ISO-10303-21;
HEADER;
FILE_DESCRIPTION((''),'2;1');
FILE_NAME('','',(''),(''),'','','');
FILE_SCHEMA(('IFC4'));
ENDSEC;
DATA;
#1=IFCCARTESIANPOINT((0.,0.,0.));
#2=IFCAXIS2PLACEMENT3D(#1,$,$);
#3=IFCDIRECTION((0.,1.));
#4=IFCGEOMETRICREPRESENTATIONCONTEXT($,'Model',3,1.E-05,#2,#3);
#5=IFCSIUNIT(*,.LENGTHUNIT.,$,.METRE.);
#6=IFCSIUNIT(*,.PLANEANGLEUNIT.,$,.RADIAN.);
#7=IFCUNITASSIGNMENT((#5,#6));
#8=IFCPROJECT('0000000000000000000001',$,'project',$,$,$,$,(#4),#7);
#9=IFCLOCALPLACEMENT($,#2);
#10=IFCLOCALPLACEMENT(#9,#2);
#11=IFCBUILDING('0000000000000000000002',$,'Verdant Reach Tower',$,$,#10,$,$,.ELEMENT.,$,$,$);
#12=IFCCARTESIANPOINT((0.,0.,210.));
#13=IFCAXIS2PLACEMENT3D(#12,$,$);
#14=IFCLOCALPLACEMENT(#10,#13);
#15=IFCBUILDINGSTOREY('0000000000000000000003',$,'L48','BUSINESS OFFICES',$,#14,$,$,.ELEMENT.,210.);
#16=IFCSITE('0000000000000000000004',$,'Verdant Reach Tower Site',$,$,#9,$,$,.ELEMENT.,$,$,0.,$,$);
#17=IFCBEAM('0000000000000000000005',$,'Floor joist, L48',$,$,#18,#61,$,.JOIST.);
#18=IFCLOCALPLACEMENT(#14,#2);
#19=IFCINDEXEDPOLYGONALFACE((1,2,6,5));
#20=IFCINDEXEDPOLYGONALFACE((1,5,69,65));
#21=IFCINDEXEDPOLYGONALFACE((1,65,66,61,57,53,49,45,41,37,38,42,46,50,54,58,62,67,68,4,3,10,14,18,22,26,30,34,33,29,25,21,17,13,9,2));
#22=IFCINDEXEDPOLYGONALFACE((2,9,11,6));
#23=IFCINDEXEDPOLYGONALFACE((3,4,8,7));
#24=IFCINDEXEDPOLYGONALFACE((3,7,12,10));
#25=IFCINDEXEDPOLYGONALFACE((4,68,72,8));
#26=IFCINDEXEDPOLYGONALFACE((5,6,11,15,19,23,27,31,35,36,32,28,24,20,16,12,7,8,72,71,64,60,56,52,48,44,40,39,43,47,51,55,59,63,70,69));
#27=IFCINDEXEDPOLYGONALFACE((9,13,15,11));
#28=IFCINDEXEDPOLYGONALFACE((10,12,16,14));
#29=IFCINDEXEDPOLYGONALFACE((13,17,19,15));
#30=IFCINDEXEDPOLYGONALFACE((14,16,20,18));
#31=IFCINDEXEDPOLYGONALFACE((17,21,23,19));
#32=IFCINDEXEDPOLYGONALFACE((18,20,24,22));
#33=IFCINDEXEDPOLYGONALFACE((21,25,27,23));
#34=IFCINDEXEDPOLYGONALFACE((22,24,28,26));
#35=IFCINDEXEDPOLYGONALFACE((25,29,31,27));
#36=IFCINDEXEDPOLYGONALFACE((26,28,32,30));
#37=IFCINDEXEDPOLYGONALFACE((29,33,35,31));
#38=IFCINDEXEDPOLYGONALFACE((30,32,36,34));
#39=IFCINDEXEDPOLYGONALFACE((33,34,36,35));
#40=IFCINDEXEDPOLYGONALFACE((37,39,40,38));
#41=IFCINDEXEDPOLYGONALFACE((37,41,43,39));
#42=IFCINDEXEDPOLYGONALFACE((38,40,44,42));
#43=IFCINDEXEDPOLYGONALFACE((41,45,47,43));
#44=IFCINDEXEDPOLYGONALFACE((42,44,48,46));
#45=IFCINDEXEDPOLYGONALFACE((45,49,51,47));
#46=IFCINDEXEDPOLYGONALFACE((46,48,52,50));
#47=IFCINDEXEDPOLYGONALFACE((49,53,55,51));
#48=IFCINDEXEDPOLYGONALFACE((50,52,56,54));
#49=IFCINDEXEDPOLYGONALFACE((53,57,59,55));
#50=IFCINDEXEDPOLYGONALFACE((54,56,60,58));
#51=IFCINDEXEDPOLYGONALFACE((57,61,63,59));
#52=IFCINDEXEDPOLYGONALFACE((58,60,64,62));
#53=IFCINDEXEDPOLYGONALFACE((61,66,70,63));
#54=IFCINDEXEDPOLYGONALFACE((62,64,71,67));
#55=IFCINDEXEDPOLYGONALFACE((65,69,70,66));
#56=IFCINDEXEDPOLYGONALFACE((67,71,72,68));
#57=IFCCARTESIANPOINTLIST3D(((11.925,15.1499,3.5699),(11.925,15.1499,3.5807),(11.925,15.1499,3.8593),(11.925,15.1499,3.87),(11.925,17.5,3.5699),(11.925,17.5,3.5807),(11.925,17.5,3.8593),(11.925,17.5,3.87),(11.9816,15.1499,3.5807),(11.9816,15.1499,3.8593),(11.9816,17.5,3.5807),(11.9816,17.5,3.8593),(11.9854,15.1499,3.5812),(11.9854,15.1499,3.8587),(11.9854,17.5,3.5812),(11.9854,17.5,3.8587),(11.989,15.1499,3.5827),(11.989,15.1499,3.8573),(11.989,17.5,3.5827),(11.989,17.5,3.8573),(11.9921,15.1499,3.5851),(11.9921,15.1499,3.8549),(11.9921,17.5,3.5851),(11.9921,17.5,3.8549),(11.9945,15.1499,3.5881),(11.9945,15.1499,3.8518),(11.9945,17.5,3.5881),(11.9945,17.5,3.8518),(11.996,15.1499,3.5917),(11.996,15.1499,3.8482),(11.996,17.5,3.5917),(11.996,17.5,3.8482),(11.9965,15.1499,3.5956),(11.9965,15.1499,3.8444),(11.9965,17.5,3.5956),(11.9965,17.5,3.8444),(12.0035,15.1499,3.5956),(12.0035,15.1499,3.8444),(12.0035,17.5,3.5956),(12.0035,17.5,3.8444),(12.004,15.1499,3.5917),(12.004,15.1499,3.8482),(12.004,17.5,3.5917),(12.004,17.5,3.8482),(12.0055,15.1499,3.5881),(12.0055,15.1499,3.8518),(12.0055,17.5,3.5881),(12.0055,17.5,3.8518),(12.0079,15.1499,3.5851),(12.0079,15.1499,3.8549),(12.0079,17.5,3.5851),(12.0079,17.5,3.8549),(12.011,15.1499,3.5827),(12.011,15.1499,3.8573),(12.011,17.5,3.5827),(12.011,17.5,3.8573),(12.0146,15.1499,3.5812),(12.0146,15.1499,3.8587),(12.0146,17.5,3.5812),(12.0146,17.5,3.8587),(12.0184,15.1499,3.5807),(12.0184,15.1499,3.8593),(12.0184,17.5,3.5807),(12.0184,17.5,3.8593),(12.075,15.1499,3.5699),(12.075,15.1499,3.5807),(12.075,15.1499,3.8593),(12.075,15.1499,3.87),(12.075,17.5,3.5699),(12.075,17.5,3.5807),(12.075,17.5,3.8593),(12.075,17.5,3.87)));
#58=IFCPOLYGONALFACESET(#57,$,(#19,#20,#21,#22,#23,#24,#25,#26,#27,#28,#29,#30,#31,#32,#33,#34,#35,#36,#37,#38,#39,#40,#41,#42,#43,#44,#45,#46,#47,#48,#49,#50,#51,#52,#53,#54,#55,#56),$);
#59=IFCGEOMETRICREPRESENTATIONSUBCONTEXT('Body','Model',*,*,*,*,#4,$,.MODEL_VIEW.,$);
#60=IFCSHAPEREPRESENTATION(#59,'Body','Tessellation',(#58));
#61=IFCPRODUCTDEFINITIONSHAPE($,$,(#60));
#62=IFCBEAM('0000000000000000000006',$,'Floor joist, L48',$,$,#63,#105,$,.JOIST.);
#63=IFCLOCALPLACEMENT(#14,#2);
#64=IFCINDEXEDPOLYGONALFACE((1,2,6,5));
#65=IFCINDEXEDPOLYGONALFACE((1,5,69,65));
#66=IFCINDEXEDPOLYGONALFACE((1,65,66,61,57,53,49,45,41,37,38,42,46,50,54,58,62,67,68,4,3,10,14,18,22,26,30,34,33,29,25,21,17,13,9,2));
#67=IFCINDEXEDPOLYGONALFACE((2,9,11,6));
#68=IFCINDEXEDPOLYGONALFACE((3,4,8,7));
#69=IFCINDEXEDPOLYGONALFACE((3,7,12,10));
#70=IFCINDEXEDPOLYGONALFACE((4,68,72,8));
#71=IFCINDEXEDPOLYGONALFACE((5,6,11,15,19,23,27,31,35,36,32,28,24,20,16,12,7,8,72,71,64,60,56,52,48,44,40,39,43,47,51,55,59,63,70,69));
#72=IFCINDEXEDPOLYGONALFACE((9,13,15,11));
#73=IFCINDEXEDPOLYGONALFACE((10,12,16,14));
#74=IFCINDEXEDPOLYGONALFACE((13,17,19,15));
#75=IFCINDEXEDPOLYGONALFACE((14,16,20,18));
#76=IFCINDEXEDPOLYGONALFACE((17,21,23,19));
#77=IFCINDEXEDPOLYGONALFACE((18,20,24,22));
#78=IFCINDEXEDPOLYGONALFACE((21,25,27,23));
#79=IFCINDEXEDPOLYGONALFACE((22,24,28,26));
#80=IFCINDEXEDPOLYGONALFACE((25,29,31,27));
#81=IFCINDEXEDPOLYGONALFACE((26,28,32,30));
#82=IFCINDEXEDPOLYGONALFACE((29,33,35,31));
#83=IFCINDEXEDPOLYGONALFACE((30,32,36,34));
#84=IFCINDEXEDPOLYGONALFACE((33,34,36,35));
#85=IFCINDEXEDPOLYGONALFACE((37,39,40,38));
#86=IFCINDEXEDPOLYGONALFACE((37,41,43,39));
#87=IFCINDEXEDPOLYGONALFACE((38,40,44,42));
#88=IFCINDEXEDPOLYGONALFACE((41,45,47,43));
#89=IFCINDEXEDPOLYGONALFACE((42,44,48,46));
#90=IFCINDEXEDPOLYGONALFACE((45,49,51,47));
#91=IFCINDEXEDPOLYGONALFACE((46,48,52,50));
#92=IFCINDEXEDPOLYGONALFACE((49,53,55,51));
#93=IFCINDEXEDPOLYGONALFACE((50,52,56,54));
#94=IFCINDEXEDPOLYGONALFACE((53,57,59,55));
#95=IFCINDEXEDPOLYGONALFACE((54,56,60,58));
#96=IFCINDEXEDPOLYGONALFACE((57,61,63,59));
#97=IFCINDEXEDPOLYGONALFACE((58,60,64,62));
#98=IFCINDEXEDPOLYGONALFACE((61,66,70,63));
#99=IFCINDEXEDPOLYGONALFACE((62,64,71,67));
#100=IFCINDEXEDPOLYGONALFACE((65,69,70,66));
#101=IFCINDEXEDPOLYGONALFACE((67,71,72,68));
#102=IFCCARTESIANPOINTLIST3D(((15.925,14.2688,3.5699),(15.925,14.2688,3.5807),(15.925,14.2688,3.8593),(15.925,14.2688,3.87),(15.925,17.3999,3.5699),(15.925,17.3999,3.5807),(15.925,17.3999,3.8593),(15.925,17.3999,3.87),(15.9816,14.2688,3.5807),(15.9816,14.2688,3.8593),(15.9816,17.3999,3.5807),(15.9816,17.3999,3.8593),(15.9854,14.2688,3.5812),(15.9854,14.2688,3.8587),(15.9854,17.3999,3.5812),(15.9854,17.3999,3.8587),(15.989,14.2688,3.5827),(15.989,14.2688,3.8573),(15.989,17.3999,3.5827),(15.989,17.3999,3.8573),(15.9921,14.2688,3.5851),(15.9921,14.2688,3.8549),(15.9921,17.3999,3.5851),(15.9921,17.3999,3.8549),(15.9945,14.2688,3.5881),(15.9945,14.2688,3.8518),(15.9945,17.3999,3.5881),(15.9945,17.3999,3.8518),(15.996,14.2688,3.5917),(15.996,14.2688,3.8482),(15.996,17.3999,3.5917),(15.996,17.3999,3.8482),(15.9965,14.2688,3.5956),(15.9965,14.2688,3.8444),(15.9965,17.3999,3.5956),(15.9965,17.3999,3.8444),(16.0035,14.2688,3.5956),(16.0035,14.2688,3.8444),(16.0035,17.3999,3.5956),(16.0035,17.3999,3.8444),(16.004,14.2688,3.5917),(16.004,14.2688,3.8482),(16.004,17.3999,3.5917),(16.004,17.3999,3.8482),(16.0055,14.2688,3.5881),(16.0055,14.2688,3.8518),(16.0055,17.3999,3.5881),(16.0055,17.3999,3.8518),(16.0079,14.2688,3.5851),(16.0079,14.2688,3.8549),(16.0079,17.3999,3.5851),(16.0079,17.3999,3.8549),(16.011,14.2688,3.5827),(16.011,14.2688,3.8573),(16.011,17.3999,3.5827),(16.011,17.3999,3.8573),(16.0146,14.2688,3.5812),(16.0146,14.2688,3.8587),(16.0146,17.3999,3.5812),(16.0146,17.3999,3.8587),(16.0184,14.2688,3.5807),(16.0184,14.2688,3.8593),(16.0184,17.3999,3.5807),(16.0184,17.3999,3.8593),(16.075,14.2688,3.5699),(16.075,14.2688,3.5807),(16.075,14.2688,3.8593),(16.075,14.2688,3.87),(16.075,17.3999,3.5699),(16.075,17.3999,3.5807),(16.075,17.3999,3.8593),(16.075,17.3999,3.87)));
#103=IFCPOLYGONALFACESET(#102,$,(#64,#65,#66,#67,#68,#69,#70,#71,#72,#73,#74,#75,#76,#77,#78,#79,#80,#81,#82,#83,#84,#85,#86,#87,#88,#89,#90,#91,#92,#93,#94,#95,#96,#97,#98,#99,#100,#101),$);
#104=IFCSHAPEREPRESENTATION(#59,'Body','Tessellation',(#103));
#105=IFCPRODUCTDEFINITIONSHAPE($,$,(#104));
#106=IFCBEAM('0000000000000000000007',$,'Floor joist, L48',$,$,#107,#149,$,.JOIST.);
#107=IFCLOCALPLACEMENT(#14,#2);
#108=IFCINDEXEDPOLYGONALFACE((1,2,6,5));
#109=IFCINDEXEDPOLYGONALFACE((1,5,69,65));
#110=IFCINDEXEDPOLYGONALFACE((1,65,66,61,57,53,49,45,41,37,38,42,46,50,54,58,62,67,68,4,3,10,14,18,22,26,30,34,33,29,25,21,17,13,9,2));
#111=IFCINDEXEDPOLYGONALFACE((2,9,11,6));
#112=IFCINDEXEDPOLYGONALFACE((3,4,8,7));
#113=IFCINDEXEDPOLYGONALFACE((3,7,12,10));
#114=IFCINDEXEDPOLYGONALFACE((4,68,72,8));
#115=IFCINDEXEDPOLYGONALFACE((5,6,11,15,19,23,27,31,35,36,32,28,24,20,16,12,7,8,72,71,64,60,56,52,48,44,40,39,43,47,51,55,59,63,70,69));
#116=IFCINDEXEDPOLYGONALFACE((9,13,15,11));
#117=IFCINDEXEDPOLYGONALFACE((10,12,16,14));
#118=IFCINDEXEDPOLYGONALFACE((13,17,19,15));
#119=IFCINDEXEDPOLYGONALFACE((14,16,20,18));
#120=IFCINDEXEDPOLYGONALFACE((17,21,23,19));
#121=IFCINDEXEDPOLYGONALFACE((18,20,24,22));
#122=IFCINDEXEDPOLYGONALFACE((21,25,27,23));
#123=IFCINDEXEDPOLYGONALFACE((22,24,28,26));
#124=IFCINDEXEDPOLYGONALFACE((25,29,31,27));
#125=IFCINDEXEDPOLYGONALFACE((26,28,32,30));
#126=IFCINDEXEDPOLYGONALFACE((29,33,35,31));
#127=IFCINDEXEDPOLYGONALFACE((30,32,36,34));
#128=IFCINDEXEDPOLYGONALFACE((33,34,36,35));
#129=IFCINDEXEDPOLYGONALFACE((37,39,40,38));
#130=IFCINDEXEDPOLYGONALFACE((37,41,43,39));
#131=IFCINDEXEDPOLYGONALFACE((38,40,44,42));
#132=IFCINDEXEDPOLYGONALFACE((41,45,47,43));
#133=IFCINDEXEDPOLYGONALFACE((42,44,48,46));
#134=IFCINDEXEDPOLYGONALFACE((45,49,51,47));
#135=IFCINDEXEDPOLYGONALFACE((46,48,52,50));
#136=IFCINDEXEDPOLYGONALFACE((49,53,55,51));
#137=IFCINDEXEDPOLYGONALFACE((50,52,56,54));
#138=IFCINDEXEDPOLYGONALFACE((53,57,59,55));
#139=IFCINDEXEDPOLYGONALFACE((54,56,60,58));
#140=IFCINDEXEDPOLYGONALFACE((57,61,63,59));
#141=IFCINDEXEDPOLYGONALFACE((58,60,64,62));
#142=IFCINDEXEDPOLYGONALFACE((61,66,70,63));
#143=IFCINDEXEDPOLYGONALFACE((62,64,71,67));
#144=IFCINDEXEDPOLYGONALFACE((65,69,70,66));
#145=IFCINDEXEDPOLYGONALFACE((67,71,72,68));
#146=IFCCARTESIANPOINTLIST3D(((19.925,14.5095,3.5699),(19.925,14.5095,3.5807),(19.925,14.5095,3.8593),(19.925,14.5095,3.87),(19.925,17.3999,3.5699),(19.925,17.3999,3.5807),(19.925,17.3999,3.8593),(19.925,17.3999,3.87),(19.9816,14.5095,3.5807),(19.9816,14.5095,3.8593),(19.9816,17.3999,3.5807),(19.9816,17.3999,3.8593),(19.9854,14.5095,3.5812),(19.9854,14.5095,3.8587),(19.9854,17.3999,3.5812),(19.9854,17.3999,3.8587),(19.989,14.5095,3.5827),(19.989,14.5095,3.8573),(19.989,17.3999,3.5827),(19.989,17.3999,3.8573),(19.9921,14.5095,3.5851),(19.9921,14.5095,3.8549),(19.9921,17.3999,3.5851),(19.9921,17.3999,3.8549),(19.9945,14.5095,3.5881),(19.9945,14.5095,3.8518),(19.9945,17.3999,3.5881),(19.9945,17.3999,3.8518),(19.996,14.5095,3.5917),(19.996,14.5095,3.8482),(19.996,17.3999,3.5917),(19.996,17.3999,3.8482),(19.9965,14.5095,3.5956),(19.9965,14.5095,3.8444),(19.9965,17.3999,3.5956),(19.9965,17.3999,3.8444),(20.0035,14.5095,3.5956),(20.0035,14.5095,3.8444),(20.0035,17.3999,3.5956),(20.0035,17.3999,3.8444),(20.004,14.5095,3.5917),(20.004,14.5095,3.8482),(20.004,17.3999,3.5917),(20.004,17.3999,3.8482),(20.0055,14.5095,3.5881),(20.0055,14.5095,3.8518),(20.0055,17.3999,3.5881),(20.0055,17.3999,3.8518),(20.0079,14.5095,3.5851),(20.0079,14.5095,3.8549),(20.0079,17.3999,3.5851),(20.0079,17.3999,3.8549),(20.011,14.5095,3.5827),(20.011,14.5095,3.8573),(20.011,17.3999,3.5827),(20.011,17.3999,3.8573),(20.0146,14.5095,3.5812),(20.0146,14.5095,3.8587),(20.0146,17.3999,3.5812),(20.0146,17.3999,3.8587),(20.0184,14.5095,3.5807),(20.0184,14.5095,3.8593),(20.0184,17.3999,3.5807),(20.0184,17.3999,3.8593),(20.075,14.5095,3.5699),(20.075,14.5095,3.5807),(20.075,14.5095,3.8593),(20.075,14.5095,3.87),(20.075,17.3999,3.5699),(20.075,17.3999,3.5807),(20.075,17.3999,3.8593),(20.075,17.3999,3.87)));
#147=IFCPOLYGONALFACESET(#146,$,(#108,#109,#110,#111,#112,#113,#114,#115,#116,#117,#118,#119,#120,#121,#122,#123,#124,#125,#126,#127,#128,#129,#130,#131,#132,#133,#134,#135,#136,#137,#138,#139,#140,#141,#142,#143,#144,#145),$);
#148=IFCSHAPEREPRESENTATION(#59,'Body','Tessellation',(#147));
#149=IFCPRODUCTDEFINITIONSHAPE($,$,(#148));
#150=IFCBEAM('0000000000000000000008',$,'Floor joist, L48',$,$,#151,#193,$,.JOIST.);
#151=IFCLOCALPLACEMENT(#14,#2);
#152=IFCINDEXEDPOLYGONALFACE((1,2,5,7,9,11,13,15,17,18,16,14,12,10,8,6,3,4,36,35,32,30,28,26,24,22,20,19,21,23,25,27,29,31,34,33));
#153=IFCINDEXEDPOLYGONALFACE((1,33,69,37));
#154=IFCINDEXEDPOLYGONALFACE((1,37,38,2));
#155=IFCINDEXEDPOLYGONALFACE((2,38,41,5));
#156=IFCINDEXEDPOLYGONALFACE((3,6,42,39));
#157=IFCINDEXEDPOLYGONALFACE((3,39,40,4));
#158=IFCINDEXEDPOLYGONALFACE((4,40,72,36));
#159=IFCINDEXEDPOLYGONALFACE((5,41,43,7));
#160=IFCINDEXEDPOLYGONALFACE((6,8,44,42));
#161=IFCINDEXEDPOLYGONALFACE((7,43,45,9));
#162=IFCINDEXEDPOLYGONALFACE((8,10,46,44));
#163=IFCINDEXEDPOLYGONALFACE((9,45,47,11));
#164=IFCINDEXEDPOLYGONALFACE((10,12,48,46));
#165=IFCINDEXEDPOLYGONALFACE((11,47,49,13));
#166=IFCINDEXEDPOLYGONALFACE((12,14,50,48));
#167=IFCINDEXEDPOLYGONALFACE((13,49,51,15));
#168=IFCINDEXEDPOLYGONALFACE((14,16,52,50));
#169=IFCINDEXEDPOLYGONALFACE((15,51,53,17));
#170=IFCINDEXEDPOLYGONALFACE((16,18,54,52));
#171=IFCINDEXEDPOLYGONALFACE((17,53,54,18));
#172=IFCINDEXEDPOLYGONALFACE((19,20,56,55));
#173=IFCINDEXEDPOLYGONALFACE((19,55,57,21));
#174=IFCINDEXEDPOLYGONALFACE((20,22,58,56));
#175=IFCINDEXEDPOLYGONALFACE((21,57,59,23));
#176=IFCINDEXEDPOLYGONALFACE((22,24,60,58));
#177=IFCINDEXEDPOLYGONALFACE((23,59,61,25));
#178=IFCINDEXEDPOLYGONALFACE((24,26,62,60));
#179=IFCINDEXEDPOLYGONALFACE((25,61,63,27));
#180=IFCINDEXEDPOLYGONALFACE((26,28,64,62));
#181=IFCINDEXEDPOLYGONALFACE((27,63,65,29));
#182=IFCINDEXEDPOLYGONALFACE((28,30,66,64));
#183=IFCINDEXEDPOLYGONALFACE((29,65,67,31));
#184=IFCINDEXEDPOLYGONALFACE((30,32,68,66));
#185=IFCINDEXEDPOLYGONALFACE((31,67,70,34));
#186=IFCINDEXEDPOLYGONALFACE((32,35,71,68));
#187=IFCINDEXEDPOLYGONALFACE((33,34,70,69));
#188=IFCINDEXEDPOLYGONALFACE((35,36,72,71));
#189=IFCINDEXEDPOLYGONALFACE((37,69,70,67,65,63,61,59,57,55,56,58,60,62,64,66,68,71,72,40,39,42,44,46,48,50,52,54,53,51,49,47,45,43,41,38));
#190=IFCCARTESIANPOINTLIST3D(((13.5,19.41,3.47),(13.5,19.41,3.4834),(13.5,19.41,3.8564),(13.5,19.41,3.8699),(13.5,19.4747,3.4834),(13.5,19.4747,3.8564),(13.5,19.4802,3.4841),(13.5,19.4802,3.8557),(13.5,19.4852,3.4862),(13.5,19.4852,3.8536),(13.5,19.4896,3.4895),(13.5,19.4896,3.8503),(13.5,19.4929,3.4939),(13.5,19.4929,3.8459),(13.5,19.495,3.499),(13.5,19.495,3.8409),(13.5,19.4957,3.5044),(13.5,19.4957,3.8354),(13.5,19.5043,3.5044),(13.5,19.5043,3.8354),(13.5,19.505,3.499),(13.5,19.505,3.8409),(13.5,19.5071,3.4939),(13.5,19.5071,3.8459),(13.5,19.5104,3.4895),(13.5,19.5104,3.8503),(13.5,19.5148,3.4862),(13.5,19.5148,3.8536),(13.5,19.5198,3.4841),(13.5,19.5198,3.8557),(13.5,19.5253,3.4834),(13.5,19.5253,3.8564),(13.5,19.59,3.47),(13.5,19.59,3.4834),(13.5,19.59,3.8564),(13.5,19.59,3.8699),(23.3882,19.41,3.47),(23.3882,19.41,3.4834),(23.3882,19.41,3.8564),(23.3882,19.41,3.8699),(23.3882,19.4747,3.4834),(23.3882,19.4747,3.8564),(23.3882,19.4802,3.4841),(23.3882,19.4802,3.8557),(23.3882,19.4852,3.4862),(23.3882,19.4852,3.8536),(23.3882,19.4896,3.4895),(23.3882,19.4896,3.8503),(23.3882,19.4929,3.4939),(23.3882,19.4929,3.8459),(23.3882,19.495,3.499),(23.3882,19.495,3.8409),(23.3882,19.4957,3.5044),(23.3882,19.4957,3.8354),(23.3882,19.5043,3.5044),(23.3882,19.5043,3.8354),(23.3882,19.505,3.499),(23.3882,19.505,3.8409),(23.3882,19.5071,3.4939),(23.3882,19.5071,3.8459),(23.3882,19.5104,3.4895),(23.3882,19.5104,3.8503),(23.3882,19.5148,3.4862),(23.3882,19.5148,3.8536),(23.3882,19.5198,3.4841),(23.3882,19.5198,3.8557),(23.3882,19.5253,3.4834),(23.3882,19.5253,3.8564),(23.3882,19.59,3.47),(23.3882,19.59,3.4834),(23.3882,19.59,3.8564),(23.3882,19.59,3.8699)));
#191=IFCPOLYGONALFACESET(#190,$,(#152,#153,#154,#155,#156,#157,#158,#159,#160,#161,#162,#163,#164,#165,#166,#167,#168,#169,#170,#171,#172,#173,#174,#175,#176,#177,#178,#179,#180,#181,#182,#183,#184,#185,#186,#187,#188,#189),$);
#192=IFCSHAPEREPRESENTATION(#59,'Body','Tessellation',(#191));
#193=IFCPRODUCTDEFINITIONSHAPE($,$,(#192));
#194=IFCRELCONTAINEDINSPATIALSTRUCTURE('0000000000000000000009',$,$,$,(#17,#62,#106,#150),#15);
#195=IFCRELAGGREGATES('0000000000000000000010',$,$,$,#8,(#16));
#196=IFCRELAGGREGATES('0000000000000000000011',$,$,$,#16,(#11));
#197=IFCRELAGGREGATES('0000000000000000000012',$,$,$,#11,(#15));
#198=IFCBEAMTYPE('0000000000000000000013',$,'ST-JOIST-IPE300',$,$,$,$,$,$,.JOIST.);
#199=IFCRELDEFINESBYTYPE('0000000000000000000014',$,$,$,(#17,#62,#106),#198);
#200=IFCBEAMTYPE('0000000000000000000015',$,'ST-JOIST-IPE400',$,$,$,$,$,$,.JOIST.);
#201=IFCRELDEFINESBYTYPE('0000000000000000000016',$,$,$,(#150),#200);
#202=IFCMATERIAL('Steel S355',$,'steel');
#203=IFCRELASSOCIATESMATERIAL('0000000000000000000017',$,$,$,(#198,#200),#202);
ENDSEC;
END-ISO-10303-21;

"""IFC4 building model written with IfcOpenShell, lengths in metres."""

from ifc_helpers import new_model, si_unit, direction, frame, origin, origin_2d, place, context, subcontext, project, spatial, i_section, extrude, material, material_profile, profile_set, type_object, element, save


model = new_model("IFC4")

# Units and contexts
model_context = context("Model", 3, precision=1e-05, world=origin(), true_north=direction((0.0, 1.0)))
body_context = subcontext(model_context, "Body", "Model", "MODEL_VIEW")
ifc_project = project(units=[si_unit("LENGTHUNIT", "METRE"), si_unit("PLANEANGLEUNIT", "RADIAN")], contexts=[model_context])

# Site, building, storey
site_placement = place(None, origin())
site = spatial("IfcSite", under=ifc_project, at=site_placement, Name="Verdant Reach Tower Site", CompositionType="ELEMENT", RefElevation=0.0)
building_placement = place(site_placement, origin())
building = spatial("IfcBuilding", under=site, at=building_placement, Name="Verdant Reach Tower", CompositionType="ELEMENT")
storey_placement = place(building_placement, frame((0.0, 0.0, 210.0)))
storey = spatial("IfcBuildingStorey", under=building, at=storey_placement, Name="L48", Description="BUSINESS OFFICES", CompositionType="ELEMENT", Elevation=210.0)

# Beams
ifc_material_1 = material(Name="Steel S355", Category="steel")
ifc_material_profile_1 = material_profile(ifc_material_1, i_section(OverallWidth=0.1499, OverallDepth=0.3, WebThickness=0.0071, FlangeThickness=0.0107, FilletRadius=0.0149, at=origin_2d()), Name="IPE 300")
ifc_profile_set_1 = profile_set([ifc_material_profile_1], Name="Steel S355")
beam_type_1 = type_object("IfcBeamType", Name="ST-JOIST-IPE300", PredefinedType="JOIST", material=ifc_profile_set_1)
beam_1_placement = place(storey_placement, frame((12.0, 17.5, 3.72), z_axis=(0.0, -1.0, 0.0), x_axis=(1.0, 0.0, 0.0)))
element("IfcBeam", 1, at=beam_1_placement, inside=storey, type_object=beam_type_1, Name="Floor joist, L48", PredefinedType="JOIST", context=body_context, shape_type="SweptSolid", body=[
    extrude(i_section(OverallWidth=0.1499, OverallDepth=0.3, WebThickness=0.0071, FlangeThickness=0.0107, FilletRadius=0.0149, at=origin_2d()), origin(), (0.0, 0.0, 1.0), 2.3501),
])
beam_2_placement = place(storey_placement, frame((16.0, 17.3999, 3.72), z_axis=(0.0, -1.0, 0.0), x_axis=(1.0, 0.0, 0.0)))
element("IfcBeam", 2, at=beam_2_placement, inside=storey, type_object=beam_type_1, Name="Floor joist, L48", PredefinedType="JOIST", context=body_context, shape_type="SweptSolid", body=[
    extrude(i_section(OverallWidth=0.1499, OverallDepth=0.3, WebThickness=0.0071, FlangeThickness=0.0107, FilletRadius=0.0149, at=origin_2d()), origin(), (0.0, 0.0, 1.0), 3.1311),
])
beam_3_placement = place(storey_placement, frame((20.0, 17.3999, 3.72), z_axis=(0.0, -1.0, 0.0), x_axis=(1.0, 0.0, 0.0)))
element("IfcBeam", 3, at=beam_3_placement, inside=storey, type_object=beam_type_1, Name="Floor joist, L48", PredefinedType="JOIST", context=body_context, shape_type="SweptSolid", body=[
    extrude(i_section(OverallWidth=0.1499, OverallDepth=0.3, WebThickness=0.0071, FlangeThickness=0.0107, FilletRadius=0.0149, at=origin_2d()), origin(), (0.0, 0.0, 1.0), 2.8904),
])
ifc_material_profile_2 = material_profile(ifc_material_1, i_section(OverallWidth=0.1799, OverallDepth=0.3999, WebThickness=0.0085, FlangeThickness=0.0134, FilletRadius=0.021, at=origin_2d()), Name="IPE 400")
ifc_profile_set_2 = profile_set([ifc_material_profile_2], Name="Steel S355")
beam_type_2 = type_object("IfcBeamType", Name="ST-JOIST-IPE400", PredefinedType="JOIST", material=ifc_profile_set_2)
beam_4_placement = place(storey_placement, frame((13.5, 19.5, 3.6699), z_axis=(1.0, 0.0, 0.0), x_axis=(0.0, 1.0, 0.0)))
element("IfcBeam", 4, at=beam_4_placement, inside=storey, type_object=beam_type_2, Name="Floor joist, L48", PredefinedType="JOIST", context=body_context, shape_type="SweptSolid", body=[
    extrude(i_section(OverallWidth=0.1799, OverallDepth=0.3999, WebThickness=0.0085, FlangeThickness=0.0134, FilletRadius=0.021, at=origin_2d()), origin(), (0.0, 0.0, 1.0), 9.8882),
])

save(model, "model.ifc")
